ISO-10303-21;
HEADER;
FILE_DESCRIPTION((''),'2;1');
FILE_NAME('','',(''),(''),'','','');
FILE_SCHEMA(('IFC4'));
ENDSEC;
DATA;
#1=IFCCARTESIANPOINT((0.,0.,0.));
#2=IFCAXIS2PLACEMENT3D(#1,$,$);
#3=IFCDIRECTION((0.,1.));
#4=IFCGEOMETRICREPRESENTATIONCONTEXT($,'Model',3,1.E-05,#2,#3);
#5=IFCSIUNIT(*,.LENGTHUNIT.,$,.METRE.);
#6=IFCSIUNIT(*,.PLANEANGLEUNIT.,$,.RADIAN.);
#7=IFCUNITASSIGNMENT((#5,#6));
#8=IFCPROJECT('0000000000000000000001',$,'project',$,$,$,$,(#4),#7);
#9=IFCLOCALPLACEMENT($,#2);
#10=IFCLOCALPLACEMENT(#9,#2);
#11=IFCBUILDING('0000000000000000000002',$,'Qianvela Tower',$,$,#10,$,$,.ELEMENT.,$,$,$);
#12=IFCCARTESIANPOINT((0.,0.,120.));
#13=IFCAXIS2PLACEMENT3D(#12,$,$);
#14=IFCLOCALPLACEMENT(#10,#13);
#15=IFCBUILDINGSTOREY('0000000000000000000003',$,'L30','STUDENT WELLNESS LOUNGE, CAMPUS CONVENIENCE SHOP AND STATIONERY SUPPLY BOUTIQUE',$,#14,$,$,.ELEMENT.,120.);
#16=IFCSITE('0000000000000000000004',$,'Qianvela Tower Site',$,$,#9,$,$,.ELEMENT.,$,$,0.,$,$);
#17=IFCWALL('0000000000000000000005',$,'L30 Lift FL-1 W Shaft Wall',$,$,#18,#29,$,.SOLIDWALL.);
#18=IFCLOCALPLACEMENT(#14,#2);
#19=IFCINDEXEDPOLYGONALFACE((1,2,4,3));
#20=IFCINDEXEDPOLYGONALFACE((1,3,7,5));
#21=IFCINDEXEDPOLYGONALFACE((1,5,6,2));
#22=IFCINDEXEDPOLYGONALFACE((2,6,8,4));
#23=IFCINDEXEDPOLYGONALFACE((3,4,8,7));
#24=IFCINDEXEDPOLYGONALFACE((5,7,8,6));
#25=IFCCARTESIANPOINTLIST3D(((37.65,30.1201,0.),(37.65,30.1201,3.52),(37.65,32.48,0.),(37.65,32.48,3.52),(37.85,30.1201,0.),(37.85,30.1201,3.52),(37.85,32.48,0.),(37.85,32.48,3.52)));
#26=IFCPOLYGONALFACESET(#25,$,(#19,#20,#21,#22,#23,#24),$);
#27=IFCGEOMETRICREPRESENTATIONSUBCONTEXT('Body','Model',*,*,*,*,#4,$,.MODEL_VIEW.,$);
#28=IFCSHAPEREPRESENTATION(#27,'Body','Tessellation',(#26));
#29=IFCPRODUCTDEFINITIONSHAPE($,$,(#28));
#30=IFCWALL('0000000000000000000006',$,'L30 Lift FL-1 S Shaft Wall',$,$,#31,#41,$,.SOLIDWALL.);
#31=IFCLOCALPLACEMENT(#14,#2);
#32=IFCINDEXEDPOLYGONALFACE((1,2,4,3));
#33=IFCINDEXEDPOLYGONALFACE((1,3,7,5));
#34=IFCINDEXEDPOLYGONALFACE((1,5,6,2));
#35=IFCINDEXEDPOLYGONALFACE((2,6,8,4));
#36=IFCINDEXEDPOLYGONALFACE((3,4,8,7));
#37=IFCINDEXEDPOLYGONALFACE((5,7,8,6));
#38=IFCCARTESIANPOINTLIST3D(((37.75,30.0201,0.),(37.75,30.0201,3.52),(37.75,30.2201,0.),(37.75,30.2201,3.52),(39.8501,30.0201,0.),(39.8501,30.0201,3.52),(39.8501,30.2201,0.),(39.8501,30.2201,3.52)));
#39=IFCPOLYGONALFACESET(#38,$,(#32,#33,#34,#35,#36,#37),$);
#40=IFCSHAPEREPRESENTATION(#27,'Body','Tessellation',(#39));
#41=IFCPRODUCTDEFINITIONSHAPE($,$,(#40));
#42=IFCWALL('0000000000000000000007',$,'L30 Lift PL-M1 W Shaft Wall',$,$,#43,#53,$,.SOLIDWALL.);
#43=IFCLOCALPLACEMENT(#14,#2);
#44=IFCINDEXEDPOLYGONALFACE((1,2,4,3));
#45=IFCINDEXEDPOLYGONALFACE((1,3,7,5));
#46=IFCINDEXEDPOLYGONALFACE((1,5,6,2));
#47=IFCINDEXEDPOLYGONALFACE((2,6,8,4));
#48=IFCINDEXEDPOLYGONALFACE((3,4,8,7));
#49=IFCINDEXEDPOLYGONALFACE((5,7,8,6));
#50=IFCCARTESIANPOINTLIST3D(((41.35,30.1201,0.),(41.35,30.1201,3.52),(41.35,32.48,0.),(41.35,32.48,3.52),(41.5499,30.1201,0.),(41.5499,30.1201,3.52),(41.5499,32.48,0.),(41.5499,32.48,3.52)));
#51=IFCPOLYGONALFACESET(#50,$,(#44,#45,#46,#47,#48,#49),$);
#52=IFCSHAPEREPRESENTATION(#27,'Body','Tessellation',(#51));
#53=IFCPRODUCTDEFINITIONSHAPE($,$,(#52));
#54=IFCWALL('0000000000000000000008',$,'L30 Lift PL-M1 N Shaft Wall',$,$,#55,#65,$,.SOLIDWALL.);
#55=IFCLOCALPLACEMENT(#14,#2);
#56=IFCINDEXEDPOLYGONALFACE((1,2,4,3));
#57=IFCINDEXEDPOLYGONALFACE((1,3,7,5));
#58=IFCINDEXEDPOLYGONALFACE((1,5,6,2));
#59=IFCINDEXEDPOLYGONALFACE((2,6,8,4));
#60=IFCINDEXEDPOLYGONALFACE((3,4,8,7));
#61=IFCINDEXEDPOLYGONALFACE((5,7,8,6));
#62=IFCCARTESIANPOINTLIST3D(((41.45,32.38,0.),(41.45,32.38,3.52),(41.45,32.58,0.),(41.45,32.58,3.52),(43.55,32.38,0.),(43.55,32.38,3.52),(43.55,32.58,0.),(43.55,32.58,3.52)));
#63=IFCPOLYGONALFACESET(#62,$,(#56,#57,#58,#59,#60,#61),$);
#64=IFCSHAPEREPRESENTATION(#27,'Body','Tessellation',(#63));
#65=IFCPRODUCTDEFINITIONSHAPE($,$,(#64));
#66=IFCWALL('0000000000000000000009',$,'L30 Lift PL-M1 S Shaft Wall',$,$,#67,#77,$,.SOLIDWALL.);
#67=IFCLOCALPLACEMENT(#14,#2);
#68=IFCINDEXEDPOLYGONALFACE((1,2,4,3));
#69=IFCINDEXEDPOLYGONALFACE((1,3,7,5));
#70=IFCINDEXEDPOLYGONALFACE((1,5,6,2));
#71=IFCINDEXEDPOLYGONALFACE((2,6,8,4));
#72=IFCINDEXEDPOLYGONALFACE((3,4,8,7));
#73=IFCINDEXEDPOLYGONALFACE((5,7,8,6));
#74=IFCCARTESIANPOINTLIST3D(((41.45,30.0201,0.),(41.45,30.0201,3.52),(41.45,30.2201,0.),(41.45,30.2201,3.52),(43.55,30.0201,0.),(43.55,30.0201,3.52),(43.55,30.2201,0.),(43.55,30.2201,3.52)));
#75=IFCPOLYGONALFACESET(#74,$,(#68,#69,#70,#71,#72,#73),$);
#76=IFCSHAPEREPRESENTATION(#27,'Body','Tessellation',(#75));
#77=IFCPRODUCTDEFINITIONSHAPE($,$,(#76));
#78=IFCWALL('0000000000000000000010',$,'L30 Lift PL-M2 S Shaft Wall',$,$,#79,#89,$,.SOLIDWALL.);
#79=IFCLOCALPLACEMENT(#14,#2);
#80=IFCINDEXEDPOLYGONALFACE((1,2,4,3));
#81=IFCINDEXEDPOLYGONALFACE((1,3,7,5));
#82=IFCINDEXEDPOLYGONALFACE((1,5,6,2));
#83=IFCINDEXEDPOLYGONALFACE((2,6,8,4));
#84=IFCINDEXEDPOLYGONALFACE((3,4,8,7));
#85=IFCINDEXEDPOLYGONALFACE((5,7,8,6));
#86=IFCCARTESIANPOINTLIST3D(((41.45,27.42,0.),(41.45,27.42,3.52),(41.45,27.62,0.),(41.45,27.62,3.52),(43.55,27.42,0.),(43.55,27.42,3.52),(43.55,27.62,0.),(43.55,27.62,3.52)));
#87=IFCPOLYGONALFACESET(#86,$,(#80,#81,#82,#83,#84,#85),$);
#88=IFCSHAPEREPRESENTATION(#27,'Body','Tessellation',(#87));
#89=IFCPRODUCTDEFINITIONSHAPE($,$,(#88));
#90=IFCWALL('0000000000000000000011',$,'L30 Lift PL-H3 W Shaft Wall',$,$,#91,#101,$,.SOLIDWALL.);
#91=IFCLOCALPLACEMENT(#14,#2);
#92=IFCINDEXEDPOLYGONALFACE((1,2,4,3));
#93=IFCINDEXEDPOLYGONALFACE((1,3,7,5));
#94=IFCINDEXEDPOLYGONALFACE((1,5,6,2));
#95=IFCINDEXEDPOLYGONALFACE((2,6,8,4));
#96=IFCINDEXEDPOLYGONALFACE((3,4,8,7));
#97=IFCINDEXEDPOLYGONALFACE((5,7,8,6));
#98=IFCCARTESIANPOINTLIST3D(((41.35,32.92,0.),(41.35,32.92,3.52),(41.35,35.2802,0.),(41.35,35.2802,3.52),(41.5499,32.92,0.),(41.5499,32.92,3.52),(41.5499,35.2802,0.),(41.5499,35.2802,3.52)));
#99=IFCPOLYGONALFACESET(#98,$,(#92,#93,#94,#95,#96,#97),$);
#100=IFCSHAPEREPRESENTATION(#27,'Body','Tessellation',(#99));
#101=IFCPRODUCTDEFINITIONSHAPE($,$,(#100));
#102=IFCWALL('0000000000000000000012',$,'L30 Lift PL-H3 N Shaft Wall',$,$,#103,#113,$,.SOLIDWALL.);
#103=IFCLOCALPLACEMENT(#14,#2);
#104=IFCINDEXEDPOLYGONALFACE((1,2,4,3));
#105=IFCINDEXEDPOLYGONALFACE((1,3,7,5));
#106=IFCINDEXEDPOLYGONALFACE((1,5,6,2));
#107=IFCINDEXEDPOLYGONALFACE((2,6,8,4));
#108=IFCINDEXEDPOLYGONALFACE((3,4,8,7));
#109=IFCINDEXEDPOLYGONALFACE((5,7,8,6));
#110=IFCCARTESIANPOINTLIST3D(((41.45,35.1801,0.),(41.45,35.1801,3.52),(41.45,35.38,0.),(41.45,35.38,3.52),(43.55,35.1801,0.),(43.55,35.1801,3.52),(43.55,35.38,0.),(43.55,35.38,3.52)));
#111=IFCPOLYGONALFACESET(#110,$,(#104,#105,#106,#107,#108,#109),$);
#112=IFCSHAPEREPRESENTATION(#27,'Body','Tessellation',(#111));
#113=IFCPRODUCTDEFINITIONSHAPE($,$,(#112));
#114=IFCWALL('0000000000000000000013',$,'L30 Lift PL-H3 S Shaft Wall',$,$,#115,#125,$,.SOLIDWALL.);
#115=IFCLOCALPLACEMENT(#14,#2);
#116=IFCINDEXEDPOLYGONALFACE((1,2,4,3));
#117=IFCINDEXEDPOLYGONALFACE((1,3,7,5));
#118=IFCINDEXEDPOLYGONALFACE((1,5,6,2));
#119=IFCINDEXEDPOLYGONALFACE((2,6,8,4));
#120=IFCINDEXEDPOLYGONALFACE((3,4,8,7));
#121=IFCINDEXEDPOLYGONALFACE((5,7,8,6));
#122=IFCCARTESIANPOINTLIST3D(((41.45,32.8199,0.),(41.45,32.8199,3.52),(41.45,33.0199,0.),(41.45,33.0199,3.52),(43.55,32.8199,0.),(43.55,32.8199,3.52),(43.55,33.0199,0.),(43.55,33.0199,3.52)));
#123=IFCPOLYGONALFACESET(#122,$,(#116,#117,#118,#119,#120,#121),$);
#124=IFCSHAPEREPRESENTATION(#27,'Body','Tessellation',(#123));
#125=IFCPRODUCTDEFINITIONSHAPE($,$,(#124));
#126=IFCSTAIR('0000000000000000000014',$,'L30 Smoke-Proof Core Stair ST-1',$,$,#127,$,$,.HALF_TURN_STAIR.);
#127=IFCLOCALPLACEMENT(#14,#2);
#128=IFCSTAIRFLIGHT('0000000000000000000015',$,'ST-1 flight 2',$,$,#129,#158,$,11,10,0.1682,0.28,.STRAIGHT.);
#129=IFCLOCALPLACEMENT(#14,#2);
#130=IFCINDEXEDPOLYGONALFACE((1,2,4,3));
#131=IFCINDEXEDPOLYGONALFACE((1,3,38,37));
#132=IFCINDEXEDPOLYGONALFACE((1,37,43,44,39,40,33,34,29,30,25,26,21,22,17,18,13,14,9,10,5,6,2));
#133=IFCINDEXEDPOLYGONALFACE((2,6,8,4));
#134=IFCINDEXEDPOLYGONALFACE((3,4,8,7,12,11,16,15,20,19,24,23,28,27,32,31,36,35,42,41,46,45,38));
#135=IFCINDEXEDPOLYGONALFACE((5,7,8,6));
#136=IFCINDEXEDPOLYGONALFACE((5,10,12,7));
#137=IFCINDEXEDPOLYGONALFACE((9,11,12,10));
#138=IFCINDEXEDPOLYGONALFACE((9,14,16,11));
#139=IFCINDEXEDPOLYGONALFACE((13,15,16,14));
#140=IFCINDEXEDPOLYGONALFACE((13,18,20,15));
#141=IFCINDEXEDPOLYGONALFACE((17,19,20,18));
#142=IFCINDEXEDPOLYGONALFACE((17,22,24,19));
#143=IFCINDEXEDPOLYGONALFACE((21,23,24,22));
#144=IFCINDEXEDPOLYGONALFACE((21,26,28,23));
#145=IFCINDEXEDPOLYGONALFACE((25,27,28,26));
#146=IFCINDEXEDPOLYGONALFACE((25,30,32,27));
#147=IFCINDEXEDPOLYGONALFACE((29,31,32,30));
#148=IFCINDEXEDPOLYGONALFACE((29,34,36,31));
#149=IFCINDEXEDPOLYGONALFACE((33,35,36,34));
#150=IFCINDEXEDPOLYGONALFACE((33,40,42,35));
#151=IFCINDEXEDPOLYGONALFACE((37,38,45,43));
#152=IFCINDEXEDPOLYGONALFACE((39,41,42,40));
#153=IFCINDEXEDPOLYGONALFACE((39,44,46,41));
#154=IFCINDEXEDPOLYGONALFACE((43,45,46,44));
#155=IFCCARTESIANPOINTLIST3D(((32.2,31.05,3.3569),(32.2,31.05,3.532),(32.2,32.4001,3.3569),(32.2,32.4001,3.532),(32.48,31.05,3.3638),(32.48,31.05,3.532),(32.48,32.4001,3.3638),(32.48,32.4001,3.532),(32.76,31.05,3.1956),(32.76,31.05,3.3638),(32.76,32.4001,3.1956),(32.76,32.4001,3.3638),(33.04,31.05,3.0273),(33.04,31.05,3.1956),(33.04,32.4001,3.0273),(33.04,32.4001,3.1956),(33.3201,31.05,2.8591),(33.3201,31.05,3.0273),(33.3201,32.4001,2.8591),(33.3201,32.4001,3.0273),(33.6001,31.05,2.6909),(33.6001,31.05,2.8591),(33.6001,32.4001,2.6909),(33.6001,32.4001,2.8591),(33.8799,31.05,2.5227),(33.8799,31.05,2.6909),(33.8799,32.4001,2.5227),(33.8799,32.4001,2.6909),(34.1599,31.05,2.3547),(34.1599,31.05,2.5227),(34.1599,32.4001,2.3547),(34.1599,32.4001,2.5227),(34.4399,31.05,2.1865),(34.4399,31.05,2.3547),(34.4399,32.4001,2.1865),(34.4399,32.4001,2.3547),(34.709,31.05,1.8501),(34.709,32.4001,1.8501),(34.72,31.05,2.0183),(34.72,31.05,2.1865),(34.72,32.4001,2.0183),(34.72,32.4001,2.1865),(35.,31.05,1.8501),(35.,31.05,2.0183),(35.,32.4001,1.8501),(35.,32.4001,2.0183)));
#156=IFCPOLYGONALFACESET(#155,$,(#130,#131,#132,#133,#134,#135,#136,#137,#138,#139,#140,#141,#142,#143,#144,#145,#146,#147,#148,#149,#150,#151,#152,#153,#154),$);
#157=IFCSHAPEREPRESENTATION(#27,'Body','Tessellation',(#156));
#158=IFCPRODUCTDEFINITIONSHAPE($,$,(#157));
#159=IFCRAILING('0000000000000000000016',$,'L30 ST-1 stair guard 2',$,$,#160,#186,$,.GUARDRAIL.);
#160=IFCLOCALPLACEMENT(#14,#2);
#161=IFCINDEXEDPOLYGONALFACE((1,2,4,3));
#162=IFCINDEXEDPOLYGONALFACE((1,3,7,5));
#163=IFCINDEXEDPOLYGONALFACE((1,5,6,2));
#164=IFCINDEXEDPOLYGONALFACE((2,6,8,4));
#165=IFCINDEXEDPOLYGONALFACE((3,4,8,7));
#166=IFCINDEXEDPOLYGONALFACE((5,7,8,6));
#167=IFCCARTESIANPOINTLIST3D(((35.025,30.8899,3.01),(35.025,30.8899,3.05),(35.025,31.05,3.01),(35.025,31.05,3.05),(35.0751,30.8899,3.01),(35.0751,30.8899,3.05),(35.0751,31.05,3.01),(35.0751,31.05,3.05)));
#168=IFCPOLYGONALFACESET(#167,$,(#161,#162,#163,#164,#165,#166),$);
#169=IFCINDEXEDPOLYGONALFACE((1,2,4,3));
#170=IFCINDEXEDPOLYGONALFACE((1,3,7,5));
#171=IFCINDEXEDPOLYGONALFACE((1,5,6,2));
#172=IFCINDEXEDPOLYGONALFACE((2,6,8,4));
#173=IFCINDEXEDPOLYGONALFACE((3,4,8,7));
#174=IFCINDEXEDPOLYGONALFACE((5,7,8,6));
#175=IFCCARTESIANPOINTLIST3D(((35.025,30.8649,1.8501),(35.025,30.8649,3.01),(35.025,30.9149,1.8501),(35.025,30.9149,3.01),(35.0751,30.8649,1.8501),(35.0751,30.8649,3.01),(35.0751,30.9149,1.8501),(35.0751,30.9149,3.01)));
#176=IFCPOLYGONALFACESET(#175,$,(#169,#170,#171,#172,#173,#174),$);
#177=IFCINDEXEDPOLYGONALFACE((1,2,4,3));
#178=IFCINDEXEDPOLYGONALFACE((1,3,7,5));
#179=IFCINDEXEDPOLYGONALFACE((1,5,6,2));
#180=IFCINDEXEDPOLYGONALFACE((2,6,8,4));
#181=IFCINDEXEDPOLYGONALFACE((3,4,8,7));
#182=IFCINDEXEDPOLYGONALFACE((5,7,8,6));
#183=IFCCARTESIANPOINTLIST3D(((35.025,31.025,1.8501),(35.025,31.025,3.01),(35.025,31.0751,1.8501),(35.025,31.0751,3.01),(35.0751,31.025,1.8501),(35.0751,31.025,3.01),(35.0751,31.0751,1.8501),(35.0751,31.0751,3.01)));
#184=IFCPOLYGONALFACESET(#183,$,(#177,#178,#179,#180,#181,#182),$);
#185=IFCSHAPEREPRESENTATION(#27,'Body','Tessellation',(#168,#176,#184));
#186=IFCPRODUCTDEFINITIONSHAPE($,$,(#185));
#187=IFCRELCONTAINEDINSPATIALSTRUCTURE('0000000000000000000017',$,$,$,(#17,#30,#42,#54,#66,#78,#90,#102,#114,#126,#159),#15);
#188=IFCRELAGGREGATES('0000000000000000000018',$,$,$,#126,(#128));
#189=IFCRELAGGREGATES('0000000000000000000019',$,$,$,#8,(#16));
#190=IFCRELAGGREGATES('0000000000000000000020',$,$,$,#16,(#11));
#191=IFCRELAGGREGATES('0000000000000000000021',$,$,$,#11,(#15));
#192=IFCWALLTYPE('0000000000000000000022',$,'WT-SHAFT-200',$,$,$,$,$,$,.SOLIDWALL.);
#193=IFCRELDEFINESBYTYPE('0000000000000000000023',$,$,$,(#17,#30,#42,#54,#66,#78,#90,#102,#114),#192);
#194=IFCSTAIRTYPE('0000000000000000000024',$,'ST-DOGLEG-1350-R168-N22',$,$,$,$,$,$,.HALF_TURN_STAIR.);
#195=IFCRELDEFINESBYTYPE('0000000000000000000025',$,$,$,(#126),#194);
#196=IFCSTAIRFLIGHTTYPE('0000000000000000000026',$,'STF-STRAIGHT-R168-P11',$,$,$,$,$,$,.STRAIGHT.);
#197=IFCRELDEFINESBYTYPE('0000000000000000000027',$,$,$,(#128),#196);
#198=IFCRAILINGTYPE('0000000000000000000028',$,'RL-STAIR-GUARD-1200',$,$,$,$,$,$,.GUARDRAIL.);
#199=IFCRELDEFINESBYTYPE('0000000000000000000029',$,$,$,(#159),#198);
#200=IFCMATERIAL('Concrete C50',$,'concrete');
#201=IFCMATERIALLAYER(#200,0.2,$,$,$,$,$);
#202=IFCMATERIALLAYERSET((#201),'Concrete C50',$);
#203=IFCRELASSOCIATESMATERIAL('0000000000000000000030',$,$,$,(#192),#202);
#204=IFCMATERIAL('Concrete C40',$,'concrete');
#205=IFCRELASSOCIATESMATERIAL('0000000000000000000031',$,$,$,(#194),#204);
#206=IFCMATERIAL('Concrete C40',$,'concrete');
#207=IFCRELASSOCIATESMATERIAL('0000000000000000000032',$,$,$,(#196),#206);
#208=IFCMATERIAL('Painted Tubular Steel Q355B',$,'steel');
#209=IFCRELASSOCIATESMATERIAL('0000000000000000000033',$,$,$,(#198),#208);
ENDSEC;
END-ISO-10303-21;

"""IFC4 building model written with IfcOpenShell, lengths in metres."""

from ifc_helpers import new_model, si_unit, direction, frame, frame_2d, origin, origin_2d, place, context, subcontext, project, spatial, polyline, rectangle, outline, extrude, material, layer, layer_set, type_object, element, aggregate, save


model = new_model("IFC4")

# Units and contexts
model_context = context("Model", 3, precision=1e-05, world=origin(), true_north=direction((0.0, 1.0)))
body_context = subcontext(model_context, "Body", "Model", "MODEL_VIEW")
ifc_project = project(units=[si_unit("LENGTHUNIT", "METRE"), si_unit("PLANEANGLEUNIT", "RADIAN")], contexts=[model_context])

# Site, building, storey
site_placement = place(None, origin())
site = spatial("IfcSite", under=ifc_project, at=site_placement, Name="Qianvela Tower Site", CompositionType="ELEMENT", RefElevation=0.0)
building_placement = place(site_placement, origin())
building = spatial("IfcBuilding", under=site, at=building_placement, Name="Qianvela Tower", CompositionType="ELEMENT")
storey_placement = place(building_placement, frame((0.0, 0.0, 120.0)))
storey = spatial("IfcBuildingStorey", under=building, at=storey_placement, Name="L30", Description="STUDENT WELLNESS LOUNGE, CAMPUS CONVENIENCE SHOP AND STATIONERY SUPPLY BOUTIQUE", CompositionType="ELEMENT", Elevation=120.0)

# Shared definitions
ifc_material_1 = material(Name="Concrete C50", Category="concrete")
ifc_layer_1 = layer(ifc_material_1, 0.2)
ifc_layer_set_1 = layer_set([ifc_layer_1], Name="Concrete C50")
wall_type_1 = type_object("IfcWallType", Name="WT-SHAFT-200", PredefinedType="SOLIDWALL", material=ifc_layer_set_1)

# Walls
wall_1_placement = place(storey_placement, frame((37.75, 30.1201, 0.0), z_axis=(0.0, 0.0, 1.0), x_axis=(0.0, 1.0, 0.0)))
element("IfcWall", 1, at=wall_1_placement, inside=storey, type_object=wall_type_1, Name="L30 Lift FL-1 W Shaft Wall", PredefinedType="SOLIDWALL", context=body_context, shape_type="SweptSolid", body=[
    extrude(rectangle(XDim=2.3599, YDim=0.2, at=frame_2d((1.1799, 0.0))), origin(), (0.0, 0.0, 1.0), 3.52),
])
wall_2_placement = place(storey_placement, frame((37.75, 30.1201, 0.0), z_axis=(0.0, 0.0, 1.0), x_axis=(1.0, 0.0, 0.0)))
element("IfcWall", 2, at=wall_2_placement, inside=storey, type_object=wall_type_1, Name="L30 Lift FL-1 S Shaft Wall", PredefinedType="SOLIDWALL", context=body_context, shape_type="SweptSolid", body=[
    extrude(rectangle(XDim=2.1001, YDim=0.2, at=frame_2d((1.05, 0.0))), origin(), (0.0, 0.0, 1.0), 3.52),
])
wall_3_placement = place(storey_placement, frame((41.45, 30.1201, 0.0), z_axis=(0.0, 0.0, 1.0), x_axis=(0.0, 1.0, 0.0)))
element("IfcWall", 3, at=wall_3_placement, inside=storey, type_object=wall_type_1, Name="L30 Lift PL-M1 W Shaft Wall", PredefinedType="SOLIDWALL", context=body_context, shape_type="SweptSolid", body=[
    extrude(rectangle(XDim=2.3599, YDim=0.2, at=frame_2d((1.1799, 0.0))), origin(), (0.0, 0.0, 1.0), 3.52),
])
for number, where, z_axis, x_axis, name in (
    (4, (41.45, 32.48, 0.0), (0.0, 0.0, 1.0), (1.0, 0.0, 0.0), "L30 Lift PL-M1 N Shaft Wall"),
    (5, (41.45, 30.1201, 0.0), (0.0, 0.0, 1.0), (1.0, 0.0, 0.0), "L30 Lift PL-M1 S Shaft Wall"),
    (6, (41.45, 27.52, 0.0), (0.0, 0.0, 1.0), (1.0, 0.0, 0.0), "L30 Lift PL-M2 S Shaft Wall"),
):
    element("IfcWall", number, at=place(storey_placement, frame(where, z_axis=z_axis, x_axis=x_axis)), inside=storey, type_object=wall_type_1, Name=name, PredefinedType="SOLIDWALL", context=body_context, shape_type="SweptSolid", body=[
        extrude(rectangle(XDim=2.1001, YDim=0.2, at=frame_2d((1.05, 0.0))), origin(), (0.0, 0.0, 1.0), 3.52),
    ])
wall_4_placement = place(storey_placement, frame((41.45, 32.9199, 0.0), z_axis=(0.0, 0.0, 1.0), x_axis=(0.0, 1.0, 0.0)))
element("IfcWall", 7, at=wall_4_placement, inside=storey, type_object=wall_type_1, Name="L30 Lift PL-H3 W Shaft Wall", PredefinedType="SOLIDWALL", context=body_context, shape_type="SweptSolid", body=[
    extrude(rectangle(XDim=2.3601, YDim=0.2, at=frame_2d((1.1802, 0.0))), origin(), (0.0, 0.0, 1.0), 3.52),
])
for number, where, z_axis, x_axis, name in (
    (8, (41.45, 35.28, 0.0), (0.0, 0.0, 1.0), (1.0, 0.0, 0.0), "L30 Lift PL-H3 N Shaft Wall"),
    (9, (41.45, 32.9199, 0.0), (0.0, 0.0, 1.0), (1.0, 0.0, 0.0), "L30 Lift PL-H3 S Shaft Wall"),
):
    element("IfcWall", number, at=place(storey_placement, frame(where, z_axis=z_axis, x_axis=x_axis)), inside=storey, type_object=wall_type_1, Name=name, PredefinedType="SOLIDWALL", context=body_context, shape_type="SweptSolid", body=[
        extrude(rectangle(XDim=2.1001, YDim=0.2, at=frame_2d((1.05, 0.0))), origin(), (0.0, 0.0, 1.0), 3.52),
    ])

# Stair, stair flight
ifc_material_2 = material(Name="Concrete C40", Category="concrete")
stair_type = type_object("IfcStairType", Name="ST-DOGLEG-1350-R168-N22", PredefinedType="HALF_TURN_STAIR", material=ifc_material_2)
stair_placement = place(storey_placement, origin())
stair = element("IfcStair", 10, at=stair_placement, inside=storey, type_object=stair_type, Name="L30 Smoke-Proof Core Stair ST-1", PredefinedType="HALF_TURN_STAIR")
ifc_material_3 = material(Name="Concrete C40", Category="concrete")
stair_flight_type = type_object("IfcStairFlightType", Name="STF-STRAIGHT-R168-P11", PredefinedType="STRAIGHT", material=ifc_material_3)
stair_flight_placement = place(storey_placement, frame((35.0, 31.7251, 1.8501), z_axis=(0.0, 0.0, 1.0), x_axis=(-1.0, 0.0, 0.0)))
stair_flight = element("IfcStairFlight", 11, at=stair_flight_placement, type_object=stair_flight_type, Name="ST-1 flight 2", NumberOfRisers=11, NumberOfTreads=10, PredefinedType="STRAIGHT", RiserHeight=0.1682, TreadLength=0.28, context=body_context, shape_type="SweptSolid", body=[
    extrude(outline(polyline([(0.0, 0.0), (0.0, 0.1682), (0.28, 0.1682), (0.28, 0.3364), (0.5601, 0.3364), (0.5601, 0.5046), (0.8401, 0.5046), (0.8401, 0.6726), (1.1201, 0.6726), (1.1201, 0.8408), (1.3999, 0.8408), (1.3999, 1.009), (1.6799, 1.009), (1.6799, 1.1772), (1.96, 1.1772), (1.96, 1.3455), (2.24, 1.3455), (2.24, 1.5137), (2.52, 1.5137), (2.52, 1.6819), (2.8, 1.6819), (2.8, 1.8501), (2.8, 1.5068), (0.291, 0.0), (0.0, 0.0)])), frame((0.0, 0.675, 0.0), z_axis=(0.0, -1.0, 0.0), x_axis=(1.0, 0.0, 0.0)), (0.0, 0.0, 1.0), 1.3501),
])
aggregate(stair, [stair_flight])

# Railing
ifc_material_4 = material(Name="Painted Tubular Steel Q355B", Category="steel")
railing_type_1 = type_object("IfcRailingType", Name="RL-STAIR-GUARD-1200", PredefinedType="GUARDRAIL", material=ifc_material_4)
railing_1_placement = place(storey_placement, frame((35.05, 30.8899, 1.8501)))
element("IfcRailing", 12, at=railing_1_placement, inside=storey, type_object=railing_type_1, Name="L30 ST-1 stair guard 2", PredefinedType="GUARDRAIL", context=body_context, shape_type="SweptSolid", body=[
    extrude(rectangle(XDim=0.05, YDim=0.04, at=origin_2d()), frame((0.0, 0.0, 1.1799), z_axis=(0.0, 1.0, 0.0), x_axis=(-1.0, 0.0, 0.0)), (0.0, 0.0, 1.0), 0.1602),
    extrude(rectangle(XDim=0.05, YDim=0.05, at=origin_2d()), origin(), (0.0, 0.0, 1.0), 1.1599),
    extrude(rectangle(XDim=0.05, YDim=0.05, at=origin_2d()), frame((0.0, 0.1602, 0.0)), (0.0, 0.0, 1.0), 1.1599),
])

save(model, "model.ifc")
